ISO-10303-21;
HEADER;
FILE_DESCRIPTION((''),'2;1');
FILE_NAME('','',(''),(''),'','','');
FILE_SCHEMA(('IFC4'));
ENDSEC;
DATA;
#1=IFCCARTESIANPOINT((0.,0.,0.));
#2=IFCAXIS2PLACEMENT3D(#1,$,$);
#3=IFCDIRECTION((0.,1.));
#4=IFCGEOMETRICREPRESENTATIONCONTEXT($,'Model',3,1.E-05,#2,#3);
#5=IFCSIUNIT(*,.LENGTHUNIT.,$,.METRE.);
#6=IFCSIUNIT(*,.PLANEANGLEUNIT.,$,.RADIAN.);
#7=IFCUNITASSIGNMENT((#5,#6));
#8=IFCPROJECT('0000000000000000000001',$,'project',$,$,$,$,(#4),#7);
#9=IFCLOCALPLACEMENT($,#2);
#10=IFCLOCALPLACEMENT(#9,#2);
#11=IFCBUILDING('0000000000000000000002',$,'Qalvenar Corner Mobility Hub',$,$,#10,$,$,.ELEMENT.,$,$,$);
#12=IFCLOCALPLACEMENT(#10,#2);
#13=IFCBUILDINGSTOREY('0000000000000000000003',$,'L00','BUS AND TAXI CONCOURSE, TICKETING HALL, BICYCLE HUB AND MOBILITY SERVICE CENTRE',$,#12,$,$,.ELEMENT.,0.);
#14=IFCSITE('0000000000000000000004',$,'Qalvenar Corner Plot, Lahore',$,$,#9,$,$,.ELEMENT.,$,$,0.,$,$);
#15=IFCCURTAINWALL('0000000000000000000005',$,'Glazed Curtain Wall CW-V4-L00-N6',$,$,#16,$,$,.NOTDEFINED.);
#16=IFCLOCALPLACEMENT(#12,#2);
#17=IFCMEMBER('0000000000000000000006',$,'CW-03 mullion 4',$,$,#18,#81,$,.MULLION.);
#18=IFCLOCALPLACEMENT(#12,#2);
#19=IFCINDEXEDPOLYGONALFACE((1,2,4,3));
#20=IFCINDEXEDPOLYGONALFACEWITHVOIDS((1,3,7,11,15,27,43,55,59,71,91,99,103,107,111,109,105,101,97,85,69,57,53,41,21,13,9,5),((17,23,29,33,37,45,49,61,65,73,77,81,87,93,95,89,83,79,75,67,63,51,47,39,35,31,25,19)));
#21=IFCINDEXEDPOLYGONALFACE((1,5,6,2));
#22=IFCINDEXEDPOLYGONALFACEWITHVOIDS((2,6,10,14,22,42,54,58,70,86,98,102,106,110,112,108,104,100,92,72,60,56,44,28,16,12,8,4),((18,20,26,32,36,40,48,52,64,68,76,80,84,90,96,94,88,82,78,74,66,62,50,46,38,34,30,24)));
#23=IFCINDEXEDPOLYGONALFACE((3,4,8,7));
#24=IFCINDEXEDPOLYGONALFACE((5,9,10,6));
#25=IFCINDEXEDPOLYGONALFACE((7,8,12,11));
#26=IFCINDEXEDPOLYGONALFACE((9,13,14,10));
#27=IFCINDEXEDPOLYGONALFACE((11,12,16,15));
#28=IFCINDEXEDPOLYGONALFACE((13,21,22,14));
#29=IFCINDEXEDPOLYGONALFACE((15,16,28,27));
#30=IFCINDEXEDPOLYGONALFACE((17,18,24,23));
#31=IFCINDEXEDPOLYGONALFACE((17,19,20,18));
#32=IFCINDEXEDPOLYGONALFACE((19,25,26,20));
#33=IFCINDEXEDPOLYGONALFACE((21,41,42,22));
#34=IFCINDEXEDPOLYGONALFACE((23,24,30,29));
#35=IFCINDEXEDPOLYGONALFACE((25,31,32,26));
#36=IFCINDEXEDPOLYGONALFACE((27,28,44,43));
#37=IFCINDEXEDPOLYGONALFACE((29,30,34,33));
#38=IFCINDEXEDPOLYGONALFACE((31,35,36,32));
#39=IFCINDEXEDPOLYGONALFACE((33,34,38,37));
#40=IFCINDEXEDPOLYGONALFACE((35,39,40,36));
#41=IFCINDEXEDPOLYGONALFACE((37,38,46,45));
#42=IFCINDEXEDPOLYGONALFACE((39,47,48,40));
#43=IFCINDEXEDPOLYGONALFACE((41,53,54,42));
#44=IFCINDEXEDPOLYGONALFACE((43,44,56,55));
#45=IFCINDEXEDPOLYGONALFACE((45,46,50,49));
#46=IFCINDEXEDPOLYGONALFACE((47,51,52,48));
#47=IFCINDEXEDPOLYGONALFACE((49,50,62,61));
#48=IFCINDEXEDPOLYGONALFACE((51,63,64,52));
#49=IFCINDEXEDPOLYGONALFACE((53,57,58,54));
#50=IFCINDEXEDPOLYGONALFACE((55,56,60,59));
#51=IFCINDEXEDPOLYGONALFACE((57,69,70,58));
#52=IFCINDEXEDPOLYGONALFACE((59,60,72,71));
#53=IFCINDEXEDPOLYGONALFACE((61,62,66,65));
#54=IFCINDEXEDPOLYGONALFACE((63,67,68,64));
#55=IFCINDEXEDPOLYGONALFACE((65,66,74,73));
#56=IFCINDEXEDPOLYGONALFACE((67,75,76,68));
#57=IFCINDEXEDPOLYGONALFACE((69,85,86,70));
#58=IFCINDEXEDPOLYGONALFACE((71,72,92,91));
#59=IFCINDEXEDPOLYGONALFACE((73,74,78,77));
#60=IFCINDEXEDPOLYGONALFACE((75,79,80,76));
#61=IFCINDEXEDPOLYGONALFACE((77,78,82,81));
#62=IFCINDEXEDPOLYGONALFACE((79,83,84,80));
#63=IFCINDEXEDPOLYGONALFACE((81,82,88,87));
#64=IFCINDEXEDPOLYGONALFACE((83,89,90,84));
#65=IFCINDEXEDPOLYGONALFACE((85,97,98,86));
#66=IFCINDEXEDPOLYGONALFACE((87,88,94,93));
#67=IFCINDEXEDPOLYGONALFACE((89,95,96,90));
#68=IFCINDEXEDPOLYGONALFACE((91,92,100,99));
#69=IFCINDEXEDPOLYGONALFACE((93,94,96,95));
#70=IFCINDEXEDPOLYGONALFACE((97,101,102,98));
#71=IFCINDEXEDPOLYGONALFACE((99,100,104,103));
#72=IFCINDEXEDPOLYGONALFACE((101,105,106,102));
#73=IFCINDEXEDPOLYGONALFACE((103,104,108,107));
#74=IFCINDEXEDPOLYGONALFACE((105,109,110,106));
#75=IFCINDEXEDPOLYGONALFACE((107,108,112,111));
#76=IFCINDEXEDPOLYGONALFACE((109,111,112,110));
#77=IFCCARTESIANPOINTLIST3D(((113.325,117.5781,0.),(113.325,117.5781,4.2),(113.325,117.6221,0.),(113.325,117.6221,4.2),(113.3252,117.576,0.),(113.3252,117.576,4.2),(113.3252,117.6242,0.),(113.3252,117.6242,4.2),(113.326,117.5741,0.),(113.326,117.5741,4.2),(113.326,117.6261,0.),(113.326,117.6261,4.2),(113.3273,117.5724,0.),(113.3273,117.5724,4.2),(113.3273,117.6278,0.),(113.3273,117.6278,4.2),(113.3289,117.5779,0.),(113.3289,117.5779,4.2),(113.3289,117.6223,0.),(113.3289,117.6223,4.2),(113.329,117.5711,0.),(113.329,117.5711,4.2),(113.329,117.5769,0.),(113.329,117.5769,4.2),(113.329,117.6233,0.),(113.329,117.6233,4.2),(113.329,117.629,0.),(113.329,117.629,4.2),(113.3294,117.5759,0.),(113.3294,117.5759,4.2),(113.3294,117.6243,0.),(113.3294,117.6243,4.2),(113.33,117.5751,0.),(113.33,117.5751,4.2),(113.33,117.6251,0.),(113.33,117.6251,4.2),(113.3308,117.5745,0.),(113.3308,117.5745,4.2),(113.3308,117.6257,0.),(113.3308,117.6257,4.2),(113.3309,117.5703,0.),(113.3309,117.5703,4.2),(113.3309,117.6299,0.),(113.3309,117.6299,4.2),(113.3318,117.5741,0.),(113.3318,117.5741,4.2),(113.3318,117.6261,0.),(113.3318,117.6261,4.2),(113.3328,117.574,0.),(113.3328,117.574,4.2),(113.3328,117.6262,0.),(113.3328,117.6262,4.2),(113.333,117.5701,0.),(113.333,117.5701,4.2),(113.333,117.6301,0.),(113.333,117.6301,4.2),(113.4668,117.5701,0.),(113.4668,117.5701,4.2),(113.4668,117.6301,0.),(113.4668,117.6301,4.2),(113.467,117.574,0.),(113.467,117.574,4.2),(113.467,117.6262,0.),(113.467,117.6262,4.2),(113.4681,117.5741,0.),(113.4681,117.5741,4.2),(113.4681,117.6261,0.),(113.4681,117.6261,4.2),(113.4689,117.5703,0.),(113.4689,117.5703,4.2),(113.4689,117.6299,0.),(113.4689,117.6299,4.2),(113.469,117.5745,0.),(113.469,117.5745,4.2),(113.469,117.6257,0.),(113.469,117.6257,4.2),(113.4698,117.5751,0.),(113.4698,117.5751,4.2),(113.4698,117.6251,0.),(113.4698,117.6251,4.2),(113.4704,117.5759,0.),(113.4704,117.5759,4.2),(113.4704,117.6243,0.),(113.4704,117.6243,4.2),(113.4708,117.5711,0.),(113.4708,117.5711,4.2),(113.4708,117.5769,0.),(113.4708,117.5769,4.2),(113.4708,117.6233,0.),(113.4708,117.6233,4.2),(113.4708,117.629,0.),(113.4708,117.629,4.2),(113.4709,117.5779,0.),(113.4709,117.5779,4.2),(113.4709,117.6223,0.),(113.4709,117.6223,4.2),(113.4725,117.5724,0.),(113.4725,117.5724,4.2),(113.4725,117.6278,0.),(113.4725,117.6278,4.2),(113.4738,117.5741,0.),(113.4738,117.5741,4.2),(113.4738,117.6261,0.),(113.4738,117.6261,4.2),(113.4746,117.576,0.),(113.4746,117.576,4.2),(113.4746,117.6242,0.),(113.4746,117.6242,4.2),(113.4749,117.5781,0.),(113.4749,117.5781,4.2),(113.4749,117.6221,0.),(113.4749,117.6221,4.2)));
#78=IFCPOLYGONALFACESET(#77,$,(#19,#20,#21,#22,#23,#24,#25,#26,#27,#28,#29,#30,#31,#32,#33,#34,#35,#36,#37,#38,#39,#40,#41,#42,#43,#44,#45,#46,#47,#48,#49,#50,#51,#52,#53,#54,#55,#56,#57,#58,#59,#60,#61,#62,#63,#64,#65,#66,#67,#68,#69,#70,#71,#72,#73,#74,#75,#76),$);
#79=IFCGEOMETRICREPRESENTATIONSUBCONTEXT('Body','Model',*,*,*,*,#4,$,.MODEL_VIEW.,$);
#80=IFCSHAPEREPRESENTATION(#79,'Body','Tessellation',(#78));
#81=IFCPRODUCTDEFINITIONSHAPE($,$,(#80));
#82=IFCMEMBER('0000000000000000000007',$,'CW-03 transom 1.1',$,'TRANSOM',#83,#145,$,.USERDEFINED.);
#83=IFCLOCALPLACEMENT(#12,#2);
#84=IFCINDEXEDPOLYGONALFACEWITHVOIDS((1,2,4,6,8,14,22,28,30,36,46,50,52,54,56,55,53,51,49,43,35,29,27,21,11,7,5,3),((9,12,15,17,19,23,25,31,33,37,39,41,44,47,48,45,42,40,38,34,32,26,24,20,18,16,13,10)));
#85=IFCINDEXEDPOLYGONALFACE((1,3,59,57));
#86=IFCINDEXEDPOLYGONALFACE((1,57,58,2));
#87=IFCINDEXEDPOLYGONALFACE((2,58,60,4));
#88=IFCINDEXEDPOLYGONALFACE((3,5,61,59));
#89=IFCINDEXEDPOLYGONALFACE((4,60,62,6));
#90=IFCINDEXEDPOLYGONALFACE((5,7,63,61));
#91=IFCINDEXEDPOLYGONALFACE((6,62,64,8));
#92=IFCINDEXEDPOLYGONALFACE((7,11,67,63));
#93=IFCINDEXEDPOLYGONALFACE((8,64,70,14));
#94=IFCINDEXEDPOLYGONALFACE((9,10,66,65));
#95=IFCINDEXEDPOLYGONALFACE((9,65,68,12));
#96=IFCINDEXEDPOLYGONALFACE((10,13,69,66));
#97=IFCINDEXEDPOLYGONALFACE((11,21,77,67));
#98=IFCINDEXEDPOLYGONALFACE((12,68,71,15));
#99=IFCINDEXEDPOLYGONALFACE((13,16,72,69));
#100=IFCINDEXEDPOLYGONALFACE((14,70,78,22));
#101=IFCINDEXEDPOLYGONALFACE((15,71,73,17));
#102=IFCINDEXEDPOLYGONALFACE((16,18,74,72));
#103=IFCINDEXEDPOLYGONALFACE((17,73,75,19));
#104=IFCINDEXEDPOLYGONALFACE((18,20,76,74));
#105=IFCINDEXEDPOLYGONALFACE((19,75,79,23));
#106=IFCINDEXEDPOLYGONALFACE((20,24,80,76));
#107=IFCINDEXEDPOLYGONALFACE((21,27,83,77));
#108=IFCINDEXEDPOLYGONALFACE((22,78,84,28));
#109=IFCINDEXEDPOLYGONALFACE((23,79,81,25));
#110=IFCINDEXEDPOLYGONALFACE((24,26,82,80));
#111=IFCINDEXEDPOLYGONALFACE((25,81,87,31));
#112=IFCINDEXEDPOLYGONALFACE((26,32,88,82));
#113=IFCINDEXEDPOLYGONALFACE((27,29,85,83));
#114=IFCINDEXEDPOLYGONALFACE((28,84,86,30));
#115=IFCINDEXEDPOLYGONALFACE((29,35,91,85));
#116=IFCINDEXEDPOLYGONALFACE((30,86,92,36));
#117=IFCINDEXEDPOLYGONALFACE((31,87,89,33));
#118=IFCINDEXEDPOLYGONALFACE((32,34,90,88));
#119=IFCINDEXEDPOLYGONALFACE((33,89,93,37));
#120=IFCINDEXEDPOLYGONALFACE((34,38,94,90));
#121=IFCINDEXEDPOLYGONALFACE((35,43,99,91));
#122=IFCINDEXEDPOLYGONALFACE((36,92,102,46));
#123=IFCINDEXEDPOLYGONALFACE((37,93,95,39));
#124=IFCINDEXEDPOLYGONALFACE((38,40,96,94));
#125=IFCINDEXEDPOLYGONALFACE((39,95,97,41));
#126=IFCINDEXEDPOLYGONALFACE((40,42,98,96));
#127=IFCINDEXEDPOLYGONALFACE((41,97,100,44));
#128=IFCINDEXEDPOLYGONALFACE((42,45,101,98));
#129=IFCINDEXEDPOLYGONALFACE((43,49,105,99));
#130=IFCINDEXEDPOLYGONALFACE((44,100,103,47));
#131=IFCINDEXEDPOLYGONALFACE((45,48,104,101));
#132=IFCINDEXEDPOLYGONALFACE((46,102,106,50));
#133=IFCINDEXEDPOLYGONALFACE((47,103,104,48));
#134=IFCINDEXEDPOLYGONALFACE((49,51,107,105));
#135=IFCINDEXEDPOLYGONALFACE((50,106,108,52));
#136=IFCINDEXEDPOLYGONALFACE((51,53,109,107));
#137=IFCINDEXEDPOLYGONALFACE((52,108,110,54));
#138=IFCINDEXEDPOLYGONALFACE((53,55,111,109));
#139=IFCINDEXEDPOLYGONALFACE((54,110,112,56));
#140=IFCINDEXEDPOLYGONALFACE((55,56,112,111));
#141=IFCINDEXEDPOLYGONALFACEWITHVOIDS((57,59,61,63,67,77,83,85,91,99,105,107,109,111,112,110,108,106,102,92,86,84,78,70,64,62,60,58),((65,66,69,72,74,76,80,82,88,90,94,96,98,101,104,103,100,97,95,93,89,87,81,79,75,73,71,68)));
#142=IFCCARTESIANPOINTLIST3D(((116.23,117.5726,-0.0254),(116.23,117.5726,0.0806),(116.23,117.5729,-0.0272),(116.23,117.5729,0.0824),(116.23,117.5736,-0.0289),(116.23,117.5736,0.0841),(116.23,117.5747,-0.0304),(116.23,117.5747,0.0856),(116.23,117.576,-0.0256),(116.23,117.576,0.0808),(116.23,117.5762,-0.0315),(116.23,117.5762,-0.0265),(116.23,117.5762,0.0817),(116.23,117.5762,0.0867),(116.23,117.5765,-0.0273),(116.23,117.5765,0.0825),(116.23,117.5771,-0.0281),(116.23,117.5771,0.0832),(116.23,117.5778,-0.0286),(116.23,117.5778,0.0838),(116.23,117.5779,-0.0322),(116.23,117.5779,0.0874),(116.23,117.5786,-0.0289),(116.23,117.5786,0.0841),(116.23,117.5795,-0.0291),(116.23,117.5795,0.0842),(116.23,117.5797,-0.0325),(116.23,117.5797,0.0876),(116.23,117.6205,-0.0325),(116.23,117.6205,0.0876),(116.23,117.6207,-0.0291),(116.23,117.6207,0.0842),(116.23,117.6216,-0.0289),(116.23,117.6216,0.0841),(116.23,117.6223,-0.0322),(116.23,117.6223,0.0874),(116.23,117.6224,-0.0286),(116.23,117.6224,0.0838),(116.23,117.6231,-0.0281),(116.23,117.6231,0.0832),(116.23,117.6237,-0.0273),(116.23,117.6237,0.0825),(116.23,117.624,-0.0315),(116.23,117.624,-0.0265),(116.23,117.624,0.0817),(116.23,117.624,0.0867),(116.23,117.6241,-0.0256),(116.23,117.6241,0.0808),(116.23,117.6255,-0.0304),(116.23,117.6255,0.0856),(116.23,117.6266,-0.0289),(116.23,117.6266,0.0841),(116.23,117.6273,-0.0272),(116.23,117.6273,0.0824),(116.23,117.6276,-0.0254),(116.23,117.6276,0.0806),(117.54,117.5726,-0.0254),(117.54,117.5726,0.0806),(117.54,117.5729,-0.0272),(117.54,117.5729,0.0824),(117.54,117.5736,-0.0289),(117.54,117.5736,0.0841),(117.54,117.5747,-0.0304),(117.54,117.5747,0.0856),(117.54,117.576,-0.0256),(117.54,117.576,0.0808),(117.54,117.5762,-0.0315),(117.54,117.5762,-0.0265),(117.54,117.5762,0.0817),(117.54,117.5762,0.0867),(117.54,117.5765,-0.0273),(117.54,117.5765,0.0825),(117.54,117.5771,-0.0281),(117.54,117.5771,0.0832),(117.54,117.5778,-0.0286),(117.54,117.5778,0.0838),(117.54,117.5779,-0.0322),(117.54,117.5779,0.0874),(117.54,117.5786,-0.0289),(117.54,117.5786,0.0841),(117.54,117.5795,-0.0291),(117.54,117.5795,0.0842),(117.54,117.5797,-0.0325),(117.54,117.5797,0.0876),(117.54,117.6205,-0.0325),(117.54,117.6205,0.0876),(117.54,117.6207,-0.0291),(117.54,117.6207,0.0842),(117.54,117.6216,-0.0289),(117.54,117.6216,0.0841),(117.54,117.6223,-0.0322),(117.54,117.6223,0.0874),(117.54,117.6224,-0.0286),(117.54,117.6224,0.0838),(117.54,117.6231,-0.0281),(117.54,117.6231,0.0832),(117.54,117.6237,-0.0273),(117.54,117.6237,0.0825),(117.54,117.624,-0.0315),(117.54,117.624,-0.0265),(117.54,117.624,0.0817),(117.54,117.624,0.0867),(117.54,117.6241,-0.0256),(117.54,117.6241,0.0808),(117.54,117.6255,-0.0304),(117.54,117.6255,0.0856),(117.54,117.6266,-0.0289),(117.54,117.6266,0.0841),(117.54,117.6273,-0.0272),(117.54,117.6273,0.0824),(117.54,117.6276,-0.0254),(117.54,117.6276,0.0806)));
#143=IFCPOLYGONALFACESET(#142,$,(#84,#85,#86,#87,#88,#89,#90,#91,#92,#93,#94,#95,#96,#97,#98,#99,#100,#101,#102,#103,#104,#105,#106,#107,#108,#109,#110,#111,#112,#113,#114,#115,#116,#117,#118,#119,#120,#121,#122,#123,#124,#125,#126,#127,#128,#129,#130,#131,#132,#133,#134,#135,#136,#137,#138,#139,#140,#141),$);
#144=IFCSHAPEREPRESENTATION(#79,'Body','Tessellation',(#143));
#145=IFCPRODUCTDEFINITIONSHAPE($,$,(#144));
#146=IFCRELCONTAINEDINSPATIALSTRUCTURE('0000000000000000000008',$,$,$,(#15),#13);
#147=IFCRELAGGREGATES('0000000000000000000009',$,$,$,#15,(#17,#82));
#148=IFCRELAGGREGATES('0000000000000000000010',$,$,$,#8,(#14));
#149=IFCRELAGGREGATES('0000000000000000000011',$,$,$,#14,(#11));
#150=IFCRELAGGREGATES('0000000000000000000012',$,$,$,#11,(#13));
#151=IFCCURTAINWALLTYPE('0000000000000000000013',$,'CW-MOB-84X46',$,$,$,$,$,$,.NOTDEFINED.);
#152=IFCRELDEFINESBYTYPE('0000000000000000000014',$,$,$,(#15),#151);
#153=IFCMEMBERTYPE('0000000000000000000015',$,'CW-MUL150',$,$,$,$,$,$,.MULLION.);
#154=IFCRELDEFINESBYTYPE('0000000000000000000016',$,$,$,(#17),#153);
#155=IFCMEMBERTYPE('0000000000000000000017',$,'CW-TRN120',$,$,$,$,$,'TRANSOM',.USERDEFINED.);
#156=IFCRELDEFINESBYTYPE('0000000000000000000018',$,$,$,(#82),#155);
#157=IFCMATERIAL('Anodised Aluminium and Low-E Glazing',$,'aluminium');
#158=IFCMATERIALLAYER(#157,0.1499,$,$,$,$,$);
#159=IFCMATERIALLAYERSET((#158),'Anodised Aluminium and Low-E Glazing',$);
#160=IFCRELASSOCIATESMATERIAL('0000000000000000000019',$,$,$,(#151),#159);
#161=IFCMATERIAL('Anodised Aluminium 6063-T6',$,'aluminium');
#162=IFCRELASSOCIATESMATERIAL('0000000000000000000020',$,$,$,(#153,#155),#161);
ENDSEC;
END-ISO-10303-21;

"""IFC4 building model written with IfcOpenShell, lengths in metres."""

from ifc_helpers import new_model, si_unit, direction, frame, origin, origin_2d, place, context, subcontext, project, spatial, hollow_rectangle, extrude, material, layer, layer_set, material_profile, profile_set, type_object, element, aggregate, save


model = new_model("IFC4")

# Units and contexts
model_context = context("Model", 3, precision=1e-05, world=origin(), true_north=direction((0.0, 1.0)))
body_context = subcontext(model_context, "Body", "Model", "MODEL_VIEW")
ifc_project = project(units=[si_unit("LENGTHUNIT", "METRE"), si_unit("PLANEANGLEUNIT", "RADIAN")], contexts=[model_context])

# Site, building, storey
site_placement = place(None, origin())
site = spatial("IfcSite", under=ifc_project, at=site_placement, Name="Qalvenar Corner Plot, Lahore", CompositionType="ELEMENT", RefElevation=0.0)
building_placement = place(site_placement, origin())
building = spatial("IfcBuilding", under=site, at=building_placement, Name="Qalvenar Corner Mobility Hub", CompositionType="ELEMENT")
storey_placement = place(building_placement, origin())
storey = spatial("IfcBuildingStorey", under=building, at=storey_placement, Name="L00", Description="BUS AND TAXI CONCOURSE, TICKETING HALL, BICYCLE HUB AND MOBILITY SERVICE CENTRE", CompositionType="ELEMENT", Elevation=0.0)

# Curtain wall, members
ifc_material_1 = material(Name="Anodised Aluminium and Low-E Glazing", Category="aluminium")
ifc_layer_1 = layer(ifc_material_1, 0.1499)
ifc_layer_set_1 = layer_set([ifc_layer_1], Name="Anodised Aluminium and Low-E Glazing")
curtain_wall_type = type_object("IfcCurtainWallType", Name="CW-MOB-84X46", PredefinedType="NOTDEFINED", material=ifc_layer_set_1)
curtain_wall_placement = place(storey_placement, origin())
curtain_wall = element("IfcCurtainWall", 1, at=curtain_wall_placement, inside=storey, type_object=curtain_wall_type, Name="Glazed Curtain Wall CW-V4-L00-N6", PredefinedType="NOTDEFINED")
ifc_material_2 = material(Name="Anodised Aluminium 6063-T6", Category="aluminium")
ifc_material_profile_1 = material_profile(ifc_material_2, hollow_rectangle(XDim=0.0601, YDim=0.1499, WallThickness=0.0039, InnerFilletRadius=0.0039, OuterFilletRadius=0.0081, at=origin_2d()), Name="RHS150x60x4")
ifc_profile_set_1 = profile_set([ifc_material_profile_1], Name="Anodised Aluminium 6063-T6")
member_type_1 = type_object("IfcMemberType", Name="CW-MUL150", PredefinedType="MULLION", material=ifc_profile_set_1)
member_1_placement = place(storey_placement, frame((113.3999, 117.6001, 0.0), z_axis=(0.0, 0.0, 1.0), x_axis=(0.0, -1.0, 0.0)))
member_1 = element("IfcMember", 2, at=member_1_placement, type_object=member_type_1, Name="CW-03 mullion 4", PredefinedType="MULLION", context=body_context, shape_type="SweptSolid", body=[
    extrude(hollow_rectangle(XDim=0.0601, YDim=0.1499, WallThickness=0.0039, InnerFilletRadius=0.0039, OuterFilletRadius=0.0081, at=origin_2d()), origin(), (0.0, 0.0, 1.0), 4.2),
])
ifc_material_profile_2 = material_profile(ifc_material_2, hollow_rectangle(XDim=0.0549, YDim=0.1201, WallThickness=0.0034, InnerFilletRadius=0.0034, OuterFilletRadius=0.0071, at=origin_2d()), Name="RHS120x55x3.5")
ifc_profile_set_2 = profile_set([ifc_material_profile_2], Name="Anodised Aluminium 6063-T6")
member_type_2 = type_object("IfcMemberType", Name="CW-TRN120", ElementType="TRANSOM", PredefinedType="USERDEFINED", material=ifc_profile_set_2)
member_2_placement = place(storey_placement, frame((117.54, 117.6001, 0.0276), z_axis=(-1.0, 0.0, 0.0), x_axis=(0.0, -1.0, 0.0)))
member_2 = element("IfcMember", 3, at=member_2_placement, type_object=member_type_2, Name="CW-03 transom 1.1", ObjectType="TRANSOM", PredefinedType="USERDEFINED", context=body_context, shape_type="SweptSolid", body=[
    extrude(hollow_rectangle(XDim=0.0549, YDim=0.1201, WallThickness=0.0034, InnerFilletRadius=0.0034, OuterFilletRadius=0.0071, at=origin_2d()), origin(), (0.0, 0.0, 1.0), 1.3101),
])
aggregate(curtain_wall, [member_1, member_2])

save(model, "model.ifc")
